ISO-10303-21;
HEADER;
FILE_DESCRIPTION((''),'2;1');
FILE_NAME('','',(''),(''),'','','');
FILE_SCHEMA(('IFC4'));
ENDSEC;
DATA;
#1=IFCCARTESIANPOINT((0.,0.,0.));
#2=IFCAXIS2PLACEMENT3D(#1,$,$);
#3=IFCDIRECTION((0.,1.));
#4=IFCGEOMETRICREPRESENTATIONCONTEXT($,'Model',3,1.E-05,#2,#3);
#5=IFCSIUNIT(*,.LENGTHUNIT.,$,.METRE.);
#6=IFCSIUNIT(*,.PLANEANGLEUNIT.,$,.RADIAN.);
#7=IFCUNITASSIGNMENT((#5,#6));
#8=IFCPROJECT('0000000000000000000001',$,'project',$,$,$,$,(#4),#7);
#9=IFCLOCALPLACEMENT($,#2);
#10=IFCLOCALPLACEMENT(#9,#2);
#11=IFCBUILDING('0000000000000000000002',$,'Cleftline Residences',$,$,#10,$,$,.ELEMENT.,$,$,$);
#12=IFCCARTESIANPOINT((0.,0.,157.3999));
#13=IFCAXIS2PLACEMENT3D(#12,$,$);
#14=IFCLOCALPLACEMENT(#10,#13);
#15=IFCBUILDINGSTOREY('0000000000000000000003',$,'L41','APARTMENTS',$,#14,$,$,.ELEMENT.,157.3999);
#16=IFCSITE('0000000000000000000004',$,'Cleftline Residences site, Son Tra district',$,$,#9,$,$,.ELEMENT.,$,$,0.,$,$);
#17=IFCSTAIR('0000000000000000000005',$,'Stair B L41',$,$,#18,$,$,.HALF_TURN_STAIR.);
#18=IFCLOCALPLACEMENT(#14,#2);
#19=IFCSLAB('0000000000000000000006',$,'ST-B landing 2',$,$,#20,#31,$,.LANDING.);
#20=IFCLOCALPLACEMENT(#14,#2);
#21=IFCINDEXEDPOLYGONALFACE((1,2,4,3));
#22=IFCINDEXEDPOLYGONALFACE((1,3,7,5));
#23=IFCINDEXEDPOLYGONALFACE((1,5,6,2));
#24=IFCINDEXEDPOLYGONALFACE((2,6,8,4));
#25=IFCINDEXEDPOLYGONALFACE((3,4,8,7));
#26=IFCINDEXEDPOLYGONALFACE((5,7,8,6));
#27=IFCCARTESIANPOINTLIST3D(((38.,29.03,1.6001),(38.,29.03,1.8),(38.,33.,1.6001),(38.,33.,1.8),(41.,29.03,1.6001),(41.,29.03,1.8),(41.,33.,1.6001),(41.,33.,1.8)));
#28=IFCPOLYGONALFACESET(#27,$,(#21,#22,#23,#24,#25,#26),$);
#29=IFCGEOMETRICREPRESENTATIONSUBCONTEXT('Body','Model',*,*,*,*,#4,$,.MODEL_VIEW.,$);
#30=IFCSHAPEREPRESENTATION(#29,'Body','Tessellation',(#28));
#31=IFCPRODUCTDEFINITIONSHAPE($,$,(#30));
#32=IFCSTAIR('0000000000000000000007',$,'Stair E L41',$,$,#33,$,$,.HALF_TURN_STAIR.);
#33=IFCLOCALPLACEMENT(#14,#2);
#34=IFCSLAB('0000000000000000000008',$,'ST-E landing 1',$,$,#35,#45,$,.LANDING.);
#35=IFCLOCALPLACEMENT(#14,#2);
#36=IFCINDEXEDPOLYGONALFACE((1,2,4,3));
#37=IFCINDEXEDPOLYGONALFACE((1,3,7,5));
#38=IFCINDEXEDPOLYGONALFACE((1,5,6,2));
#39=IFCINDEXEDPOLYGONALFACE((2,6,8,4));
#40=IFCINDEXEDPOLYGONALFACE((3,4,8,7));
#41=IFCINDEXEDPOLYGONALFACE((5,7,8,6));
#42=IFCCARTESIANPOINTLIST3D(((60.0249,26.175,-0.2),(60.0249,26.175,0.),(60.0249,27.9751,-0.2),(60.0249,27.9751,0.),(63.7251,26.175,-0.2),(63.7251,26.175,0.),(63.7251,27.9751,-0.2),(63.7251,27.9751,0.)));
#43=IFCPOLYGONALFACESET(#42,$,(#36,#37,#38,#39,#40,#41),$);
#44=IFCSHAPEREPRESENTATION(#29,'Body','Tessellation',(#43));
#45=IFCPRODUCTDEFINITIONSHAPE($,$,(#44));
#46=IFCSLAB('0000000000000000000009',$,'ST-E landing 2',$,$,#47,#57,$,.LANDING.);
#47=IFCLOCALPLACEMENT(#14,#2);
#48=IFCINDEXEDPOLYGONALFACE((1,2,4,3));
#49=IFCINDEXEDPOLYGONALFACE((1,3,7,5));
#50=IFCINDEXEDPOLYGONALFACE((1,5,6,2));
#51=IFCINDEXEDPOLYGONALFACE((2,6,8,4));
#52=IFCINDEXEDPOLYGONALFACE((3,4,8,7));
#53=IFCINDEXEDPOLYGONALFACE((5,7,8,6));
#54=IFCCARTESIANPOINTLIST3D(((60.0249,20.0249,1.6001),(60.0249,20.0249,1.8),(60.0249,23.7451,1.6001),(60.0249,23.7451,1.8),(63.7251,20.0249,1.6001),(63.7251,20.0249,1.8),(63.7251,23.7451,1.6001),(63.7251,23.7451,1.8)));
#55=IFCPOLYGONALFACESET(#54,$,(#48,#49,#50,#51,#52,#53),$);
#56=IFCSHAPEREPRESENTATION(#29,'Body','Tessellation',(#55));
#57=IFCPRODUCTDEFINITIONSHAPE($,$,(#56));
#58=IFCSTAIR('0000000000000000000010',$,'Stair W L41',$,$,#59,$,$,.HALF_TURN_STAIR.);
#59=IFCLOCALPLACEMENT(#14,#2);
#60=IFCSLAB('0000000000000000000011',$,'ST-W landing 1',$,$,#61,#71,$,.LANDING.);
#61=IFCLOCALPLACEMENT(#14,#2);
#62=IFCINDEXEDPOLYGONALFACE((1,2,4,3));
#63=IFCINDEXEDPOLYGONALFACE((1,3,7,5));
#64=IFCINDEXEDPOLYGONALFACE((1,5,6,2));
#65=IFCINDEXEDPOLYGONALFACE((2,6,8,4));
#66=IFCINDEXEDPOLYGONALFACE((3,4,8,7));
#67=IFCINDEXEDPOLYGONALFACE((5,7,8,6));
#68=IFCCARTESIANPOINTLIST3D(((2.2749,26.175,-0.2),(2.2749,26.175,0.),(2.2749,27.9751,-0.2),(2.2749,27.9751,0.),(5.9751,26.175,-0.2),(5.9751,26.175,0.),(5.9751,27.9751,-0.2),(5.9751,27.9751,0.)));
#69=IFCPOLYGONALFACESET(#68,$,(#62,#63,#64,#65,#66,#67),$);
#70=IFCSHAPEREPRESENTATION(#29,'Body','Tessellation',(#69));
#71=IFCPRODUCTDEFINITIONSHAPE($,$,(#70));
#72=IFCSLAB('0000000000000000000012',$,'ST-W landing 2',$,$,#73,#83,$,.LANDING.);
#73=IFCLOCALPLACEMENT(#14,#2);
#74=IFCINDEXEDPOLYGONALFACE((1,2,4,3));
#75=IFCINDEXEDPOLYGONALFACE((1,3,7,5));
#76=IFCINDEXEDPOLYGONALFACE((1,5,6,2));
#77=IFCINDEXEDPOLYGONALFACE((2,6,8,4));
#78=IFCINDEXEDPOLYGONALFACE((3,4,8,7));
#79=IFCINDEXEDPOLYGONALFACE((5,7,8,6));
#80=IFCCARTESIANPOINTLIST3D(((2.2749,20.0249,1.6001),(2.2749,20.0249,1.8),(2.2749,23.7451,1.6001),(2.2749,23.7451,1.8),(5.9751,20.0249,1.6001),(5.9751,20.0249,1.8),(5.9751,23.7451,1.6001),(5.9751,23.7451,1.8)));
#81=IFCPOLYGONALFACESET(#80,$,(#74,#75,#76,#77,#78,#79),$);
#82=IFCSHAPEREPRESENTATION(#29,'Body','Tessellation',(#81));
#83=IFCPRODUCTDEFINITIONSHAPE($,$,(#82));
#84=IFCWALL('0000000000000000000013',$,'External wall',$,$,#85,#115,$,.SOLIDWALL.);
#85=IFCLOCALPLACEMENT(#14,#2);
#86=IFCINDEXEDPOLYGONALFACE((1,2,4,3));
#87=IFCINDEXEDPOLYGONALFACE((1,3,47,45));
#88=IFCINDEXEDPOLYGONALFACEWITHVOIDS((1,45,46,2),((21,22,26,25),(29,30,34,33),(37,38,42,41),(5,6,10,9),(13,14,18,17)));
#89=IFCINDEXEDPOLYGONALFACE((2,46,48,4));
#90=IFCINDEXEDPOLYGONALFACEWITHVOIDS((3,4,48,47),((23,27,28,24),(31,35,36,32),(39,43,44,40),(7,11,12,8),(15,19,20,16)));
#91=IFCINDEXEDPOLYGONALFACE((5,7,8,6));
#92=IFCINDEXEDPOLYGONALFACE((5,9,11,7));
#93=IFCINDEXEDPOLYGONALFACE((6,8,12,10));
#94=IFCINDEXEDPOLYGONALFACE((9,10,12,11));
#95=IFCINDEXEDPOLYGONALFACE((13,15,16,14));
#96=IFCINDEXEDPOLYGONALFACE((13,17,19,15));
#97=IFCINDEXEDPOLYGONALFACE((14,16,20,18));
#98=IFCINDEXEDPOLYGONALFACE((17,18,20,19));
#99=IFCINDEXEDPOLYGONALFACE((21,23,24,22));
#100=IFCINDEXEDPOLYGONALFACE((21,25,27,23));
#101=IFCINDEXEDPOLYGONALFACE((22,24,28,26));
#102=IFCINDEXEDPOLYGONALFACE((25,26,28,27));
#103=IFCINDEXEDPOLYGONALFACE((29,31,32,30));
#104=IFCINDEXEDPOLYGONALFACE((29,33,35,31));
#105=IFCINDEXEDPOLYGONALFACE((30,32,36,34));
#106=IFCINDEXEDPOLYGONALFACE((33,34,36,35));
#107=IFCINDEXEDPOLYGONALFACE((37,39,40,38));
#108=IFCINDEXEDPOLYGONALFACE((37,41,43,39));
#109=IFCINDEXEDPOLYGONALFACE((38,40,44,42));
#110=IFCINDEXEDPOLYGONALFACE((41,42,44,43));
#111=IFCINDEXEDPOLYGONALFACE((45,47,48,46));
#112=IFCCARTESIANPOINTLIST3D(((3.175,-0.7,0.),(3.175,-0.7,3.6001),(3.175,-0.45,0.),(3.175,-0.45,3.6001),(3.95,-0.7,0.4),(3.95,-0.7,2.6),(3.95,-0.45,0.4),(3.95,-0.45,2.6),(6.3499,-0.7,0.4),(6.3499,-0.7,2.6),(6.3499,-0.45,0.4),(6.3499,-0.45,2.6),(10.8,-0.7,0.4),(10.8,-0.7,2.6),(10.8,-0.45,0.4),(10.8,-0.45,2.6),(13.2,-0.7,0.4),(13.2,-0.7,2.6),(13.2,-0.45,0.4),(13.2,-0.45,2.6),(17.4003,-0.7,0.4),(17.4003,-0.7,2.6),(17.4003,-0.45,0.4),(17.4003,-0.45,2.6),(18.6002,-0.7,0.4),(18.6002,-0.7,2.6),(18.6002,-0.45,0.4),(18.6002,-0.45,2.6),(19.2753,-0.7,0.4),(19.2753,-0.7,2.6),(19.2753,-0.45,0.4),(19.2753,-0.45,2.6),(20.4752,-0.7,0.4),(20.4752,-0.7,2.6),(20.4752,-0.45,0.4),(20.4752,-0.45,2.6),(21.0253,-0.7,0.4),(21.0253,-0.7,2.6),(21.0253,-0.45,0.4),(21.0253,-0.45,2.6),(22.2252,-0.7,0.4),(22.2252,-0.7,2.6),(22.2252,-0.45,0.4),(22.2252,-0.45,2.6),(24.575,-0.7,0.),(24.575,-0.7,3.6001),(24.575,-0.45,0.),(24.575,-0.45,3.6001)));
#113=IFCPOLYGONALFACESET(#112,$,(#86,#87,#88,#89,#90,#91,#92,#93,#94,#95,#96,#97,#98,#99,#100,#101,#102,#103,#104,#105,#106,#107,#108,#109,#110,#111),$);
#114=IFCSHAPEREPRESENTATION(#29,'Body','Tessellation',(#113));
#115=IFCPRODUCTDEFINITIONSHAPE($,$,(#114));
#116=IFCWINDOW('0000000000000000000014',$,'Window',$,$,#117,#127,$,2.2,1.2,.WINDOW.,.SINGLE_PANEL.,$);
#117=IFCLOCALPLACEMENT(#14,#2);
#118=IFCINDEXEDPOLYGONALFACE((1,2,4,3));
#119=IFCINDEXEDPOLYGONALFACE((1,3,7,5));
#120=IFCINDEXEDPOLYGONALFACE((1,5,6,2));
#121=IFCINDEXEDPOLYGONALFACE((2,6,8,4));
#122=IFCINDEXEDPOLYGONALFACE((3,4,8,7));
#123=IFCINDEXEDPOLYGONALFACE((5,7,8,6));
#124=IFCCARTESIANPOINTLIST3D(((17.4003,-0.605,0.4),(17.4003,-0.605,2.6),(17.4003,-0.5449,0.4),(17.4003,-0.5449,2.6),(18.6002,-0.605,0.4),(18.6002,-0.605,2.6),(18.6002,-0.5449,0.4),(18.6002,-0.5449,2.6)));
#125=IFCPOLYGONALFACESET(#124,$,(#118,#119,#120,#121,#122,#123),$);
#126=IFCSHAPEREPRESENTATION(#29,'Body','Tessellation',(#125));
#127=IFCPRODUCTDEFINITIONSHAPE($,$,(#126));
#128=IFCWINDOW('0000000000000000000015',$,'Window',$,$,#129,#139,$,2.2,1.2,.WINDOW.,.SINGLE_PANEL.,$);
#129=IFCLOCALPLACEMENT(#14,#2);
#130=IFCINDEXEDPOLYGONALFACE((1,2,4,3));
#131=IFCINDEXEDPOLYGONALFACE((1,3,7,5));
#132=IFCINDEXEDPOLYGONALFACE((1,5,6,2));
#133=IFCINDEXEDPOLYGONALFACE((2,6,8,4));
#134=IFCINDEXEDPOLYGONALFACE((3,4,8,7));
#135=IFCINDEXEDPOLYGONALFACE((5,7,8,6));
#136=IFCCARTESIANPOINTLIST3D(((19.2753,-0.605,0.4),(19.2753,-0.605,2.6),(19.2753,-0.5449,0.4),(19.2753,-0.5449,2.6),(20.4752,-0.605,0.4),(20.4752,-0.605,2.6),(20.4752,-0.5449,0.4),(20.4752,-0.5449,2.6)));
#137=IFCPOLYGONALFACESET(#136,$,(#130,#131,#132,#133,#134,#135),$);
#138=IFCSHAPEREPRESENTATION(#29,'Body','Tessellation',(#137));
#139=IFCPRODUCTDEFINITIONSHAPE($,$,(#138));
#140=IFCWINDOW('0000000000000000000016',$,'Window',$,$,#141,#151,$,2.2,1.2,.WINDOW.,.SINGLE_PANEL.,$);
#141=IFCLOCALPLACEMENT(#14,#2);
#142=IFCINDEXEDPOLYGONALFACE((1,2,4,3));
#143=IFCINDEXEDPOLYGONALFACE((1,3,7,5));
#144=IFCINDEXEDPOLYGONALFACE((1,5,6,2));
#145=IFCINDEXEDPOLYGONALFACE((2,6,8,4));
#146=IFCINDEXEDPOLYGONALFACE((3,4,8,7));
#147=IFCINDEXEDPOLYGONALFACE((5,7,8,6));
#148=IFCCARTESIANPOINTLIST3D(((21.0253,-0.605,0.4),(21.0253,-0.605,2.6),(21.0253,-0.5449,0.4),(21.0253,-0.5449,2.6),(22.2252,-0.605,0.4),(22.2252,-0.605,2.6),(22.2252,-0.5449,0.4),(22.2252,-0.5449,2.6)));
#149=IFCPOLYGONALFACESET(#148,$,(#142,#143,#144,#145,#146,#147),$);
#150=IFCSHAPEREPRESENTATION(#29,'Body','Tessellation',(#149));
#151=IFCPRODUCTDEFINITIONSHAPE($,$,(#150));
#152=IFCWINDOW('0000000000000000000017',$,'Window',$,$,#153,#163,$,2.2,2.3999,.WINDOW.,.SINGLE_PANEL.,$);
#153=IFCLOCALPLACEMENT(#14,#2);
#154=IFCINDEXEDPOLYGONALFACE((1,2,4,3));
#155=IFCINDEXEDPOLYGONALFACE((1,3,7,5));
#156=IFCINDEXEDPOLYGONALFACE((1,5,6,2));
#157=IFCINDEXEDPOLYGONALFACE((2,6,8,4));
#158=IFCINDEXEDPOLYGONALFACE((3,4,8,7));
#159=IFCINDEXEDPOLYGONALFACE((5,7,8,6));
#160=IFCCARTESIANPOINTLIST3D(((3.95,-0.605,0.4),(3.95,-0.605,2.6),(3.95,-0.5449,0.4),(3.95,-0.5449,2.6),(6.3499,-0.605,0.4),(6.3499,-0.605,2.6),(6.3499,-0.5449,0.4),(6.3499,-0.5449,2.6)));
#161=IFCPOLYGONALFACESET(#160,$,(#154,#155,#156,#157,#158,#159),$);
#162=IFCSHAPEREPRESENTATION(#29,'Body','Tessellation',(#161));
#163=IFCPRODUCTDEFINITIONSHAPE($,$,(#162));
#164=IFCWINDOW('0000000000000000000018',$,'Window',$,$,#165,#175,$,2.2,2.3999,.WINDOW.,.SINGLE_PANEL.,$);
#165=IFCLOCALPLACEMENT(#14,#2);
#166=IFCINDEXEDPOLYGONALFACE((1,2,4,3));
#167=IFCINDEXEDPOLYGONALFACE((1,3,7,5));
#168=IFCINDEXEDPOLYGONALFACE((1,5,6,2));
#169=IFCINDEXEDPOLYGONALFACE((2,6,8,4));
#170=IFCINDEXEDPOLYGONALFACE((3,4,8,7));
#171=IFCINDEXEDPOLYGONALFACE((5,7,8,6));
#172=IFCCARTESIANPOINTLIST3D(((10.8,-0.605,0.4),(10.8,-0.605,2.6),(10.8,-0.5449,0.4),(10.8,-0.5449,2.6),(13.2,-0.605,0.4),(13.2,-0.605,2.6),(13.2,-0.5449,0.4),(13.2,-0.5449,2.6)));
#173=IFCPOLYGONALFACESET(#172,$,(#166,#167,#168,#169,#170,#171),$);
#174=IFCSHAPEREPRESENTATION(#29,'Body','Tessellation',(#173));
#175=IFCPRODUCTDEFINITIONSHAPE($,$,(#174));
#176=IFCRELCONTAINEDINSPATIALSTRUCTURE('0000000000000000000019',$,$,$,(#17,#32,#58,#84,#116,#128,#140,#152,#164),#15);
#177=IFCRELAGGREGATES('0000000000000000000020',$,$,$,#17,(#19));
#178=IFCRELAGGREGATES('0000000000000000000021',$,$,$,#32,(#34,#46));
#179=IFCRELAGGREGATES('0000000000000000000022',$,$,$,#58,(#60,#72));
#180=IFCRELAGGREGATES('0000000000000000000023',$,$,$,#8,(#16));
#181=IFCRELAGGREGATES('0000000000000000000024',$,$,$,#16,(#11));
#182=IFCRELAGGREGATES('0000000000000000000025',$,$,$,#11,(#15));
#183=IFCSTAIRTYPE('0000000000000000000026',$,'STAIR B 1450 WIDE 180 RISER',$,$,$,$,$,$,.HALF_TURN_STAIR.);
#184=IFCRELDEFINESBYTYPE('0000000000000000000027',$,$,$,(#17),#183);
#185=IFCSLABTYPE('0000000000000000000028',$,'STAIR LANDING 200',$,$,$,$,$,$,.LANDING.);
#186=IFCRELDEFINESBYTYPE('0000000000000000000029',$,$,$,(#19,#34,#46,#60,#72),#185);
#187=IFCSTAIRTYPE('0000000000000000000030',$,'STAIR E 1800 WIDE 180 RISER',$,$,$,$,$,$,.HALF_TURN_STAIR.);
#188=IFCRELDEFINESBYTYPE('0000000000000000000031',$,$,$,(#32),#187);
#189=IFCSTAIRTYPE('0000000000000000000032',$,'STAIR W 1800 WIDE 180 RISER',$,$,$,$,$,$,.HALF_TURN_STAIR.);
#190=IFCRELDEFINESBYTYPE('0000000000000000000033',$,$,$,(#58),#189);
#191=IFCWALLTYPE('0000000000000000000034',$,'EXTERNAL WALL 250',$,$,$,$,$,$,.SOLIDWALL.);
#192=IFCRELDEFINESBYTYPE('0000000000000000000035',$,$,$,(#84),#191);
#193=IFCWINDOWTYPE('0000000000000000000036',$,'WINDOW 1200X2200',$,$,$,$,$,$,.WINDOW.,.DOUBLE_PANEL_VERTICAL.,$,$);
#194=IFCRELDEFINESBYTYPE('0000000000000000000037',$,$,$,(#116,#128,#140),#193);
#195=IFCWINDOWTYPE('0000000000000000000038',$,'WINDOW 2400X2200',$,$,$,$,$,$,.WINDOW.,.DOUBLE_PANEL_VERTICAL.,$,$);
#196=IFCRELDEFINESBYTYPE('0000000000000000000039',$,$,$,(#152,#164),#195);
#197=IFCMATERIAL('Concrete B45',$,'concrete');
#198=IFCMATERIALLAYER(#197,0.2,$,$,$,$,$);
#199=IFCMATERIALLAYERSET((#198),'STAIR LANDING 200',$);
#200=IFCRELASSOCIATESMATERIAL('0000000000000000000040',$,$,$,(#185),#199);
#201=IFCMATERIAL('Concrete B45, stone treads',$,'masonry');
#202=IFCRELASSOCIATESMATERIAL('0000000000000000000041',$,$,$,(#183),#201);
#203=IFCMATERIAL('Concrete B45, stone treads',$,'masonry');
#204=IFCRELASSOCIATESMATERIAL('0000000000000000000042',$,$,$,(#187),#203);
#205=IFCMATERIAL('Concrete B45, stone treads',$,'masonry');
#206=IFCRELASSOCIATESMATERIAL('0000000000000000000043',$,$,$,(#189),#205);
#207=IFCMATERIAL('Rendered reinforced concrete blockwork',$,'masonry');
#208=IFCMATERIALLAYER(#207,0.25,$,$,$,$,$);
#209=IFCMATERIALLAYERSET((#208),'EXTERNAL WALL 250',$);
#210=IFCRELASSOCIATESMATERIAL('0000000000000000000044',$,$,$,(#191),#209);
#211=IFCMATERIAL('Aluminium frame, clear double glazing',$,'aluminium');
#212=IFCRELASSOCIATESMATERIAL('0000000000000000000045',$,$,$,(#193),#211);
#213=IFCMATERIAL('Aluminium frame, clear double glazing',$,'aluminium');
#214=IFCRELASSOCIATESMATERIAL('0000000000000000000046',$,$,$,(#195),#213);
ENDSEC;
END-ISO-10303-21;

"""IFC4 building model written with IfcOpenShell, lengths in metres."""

from ifc_helpers import new_model, si_unit, direction, frame, frame_2d, origin, place, context, subcontext, project, spatial, polyline, rectangle, outline, extrude, material, layer, layer_set, type_object, element, fill, aggregate, save


model = new_model("IFC4")

# Units and contexts
model_context = context("Model", 3, precision=1e-05, world=origin(), true_north=direction((0.0, 1.0)))
body_context = subcontext(model_context, "Body", "Model", "MODEL_VIEW")
ifc_project = project(units=[si_unit("LENGTHUNIT", "METRE"), si_unit("PLANEANGLEUNIT", "RADIAN")], contexts=[model_context])

# Site, building, storey
site_placement = place(None, origin())
site = spatial("IfcSite", under=ifc_project, at=site_placement, Name="Cleftline Residences site, Son Tra district", CompositionType="ELEMENT", RefElevation=0.0)
building_placement = place(site_placement, origin())
building = spatial("IfcBuilding", under=site, at=building_placement, Name="Cleftline Residences", CompositionType="ELEMENT")
storey_placement = place(building_placement, frame((0.0, 0.0, 157.3999)))
storey = spatial("IfcBuildingStorey", under=building, at=storey_placement, Name="L41", Description="APARTMENTS", CompositionType="ELEMENT", Elevation=157.3999)

# Stairs, slabs
ifc_material_1 = material(Name="Concrete B45", Category="concrete")
ifc_layer_1 = layer(ifc_material_1, 0.2)
ifc_layer_set_1 = layer_set([ifc_layer_1], Name="STAIR LANDING 200")
slab_type_1 = type_object("IfcSlabType", Name="STAIR LANDING 200", PredefinedType="LANDING", material=ifc_layer_set_1)
ifc_material_2 = material(Name="Concrete B45, stone treads", Category="masonry")
stair_type_1 = type_object("IfcStairType", Name="STAIR B 1450 WIDE 180 RISER", PredefinedType="HALF_TURN_STAIR", material=ifc_material_2)
stair_1_placement = place(storey_placement, origin())
stair_1 = element("IfcStair", 1, at=stair_1_placement, inside=storey, type_object=stair_type_1, Name="Stair B L41", PredefinedType="HALF_TURN_STAIR")
slab_1_placement = place(storey_placement, frame((0.0, 0.0, 1.6001)))
slab_1 = element("IfcSlab", 2, at=slab_1_placement, type_object=slab_type_1, Name="ST-B landing 2", PredefinedType="LANDING", context=body_context, shape_type="SweptSolid", body=[
    extrude(outline(polyline([(38.0, 29.03), (41.0, 29.03), (41.0, 33.0), (38.0, 33.0), (38.0, 29.03)])), origin(), (0.0, 0.0, 1.0), 0.2),
])
aggregate(stair_1, [slab_1])
ifc_material_3 = material(Name="Concrete B45, stone treads", Category="masonry")
stair_type_2 = type_object("IfcStairType", Name="STAIR E 1800 WIDE 180 RISER", PredefinedType="HALF_TURN_STAIR", material=ifc_material_3)
stair_2_placement = place(storey_placement, origin())
stair_2 = element("IfcStair", 3, at=stair_2_placement, inside=storey, type_object=stair_type_2, Name="Stair E L41", PredefinedType="HALF_TURN_STAIR")
slab_2_placement = place(storey_placement, frame((0.0, 0.0, -0.2)))
slab_2 = element("IfcSlab", 4, at=slab_2_placement, type_object=slab_type_1, Name="ST-E landing 1", PredefinedType="LANDING", context=body_context, shape_type="SweptSolid", body=[
    extrude(outline(polyline([(60.0249, 26.175), (63.7251, 26.175), (63.7251, 27.9751), (60.0249, 27.9751), (60.0249, 26.175)])), origin(), (0.0, 0.0, 1.0), 0.2),
])
slab_3_placement = place(storey_placement, frame((0.0, 0.0, 1.6001)))
slab_3 = element("IfcSlab", 5, at=slab_3_placement, type_object=slab_type_1, Name="ST-E landing 2", PredefinedType="LANDING", context=body_context, shape_type="SweptSolid", body=[
    extrude(outline(polyline([(60.0249, 20.0249), (63.7251, 20.0249), (63.7251, 23.7451), (60.0249, 23.7451), (60.0249, 20.0249)])), origin(), (0.0, 0.0, 1.0), 0.2),
])
aggregate(stair_2, [slab_2, slab_3])
ifc_material_4 = material(Name="Concrete B45, stone treads", Category="masonry")
stair_type_3 = type_object("IfcStairType", Name="STAIR W 1800 WIDE 180 RISER", PredefinedType="HALF_TURN_STAIR", material=ifc_material_4)
stair_3_placement = place(storey_placement, origin())
stair_3 = element("IfcStair", 6, at=stair_3_placement, inside=storey, type_object=stair_type_3, Name="Stair W L41", PredefinedType="HALF_TURN_STAIR")
slab_4_placement = place(storey_placement, frame((0.0, 0.0, -0.2)))
slab_4 = element("IfcSlab", 7, at=slab_4_placement, type_object=slab_type_1, Name="ST-W landing 1", PredefinedType="LANDING", context=body_context, shape_type="SweptSolid", body=[
    extrude(outline(polyline([(2.2749, 26.175), (5.9751, 26.175), (5.9751, 27.9751), (2.2749, 27.9751), (2.2749, 26.175)])), origin(), (0.0, 0.0, 1.0), 0.2),
])
slab_5_placement = place(storey_placement, frame((0.0, 0.0, 1.6001)))
slab_5 = element("IfcSlab", 8, at=slab_5_placement, type_object=slab_type_1, Name="ST-W landing 2", PredefinedType="LANDING", context=body_context, shape_type="SweptSolid", body=[
    extrude(outline(polyline([(2.2749, 20.0249), (5.9751, 20.0249), (5.9751, 23.7451), (2.2749, 23.7451), (2.2749, 20.0249)])), origin(), (0.0, 0.0, 1.0), 0.2),
])
aggregate(stair_3, [slab_4, slab_5])

# Wall, openings, windows
ifc_material_5 = material(Name="Rendered reinforced concrete blockwork", Category="masonry")
ifc_layer_2 = layer(ifc_material_5, 0.25)
ifc_layer_set_2 = layer_set([ifc_layer_2], Name="EXTERNAL WALL 250")
wall_type = type_object("IfcWallType", Name="EXTERNAL WALL 250", PredefinedType="SOLIDWALL", material=ifc_layer_set_2)
wall_placement = place(storey_placement, frame((3.175, -0.575, 0.0), z_axis=(0.0, 0.0, 1.0), x_axis=(1.0, 0.0, 0.0)))
wall = element("IfcWall", 9, at=wall_placement, inside=storey, type_object=wall_type, Name="External wall", PredefinedType="SOLIDWALL", context=body_context, shape_type="SweptSolid", body=[
    extrude(rectangle(XDim=21.3999, YDim=0.25, at=frame_2d((10.7, 0.0))), origin(), (0.0, 0.0, 1.0), 3.6001),
])
opening_1_placement = place(wall_placement, frame((0.7749, 0.0, 0.3999)))
opening_1 = element("IfcOpeningElement", 10, at=opening_1_placement, cuts=wall, PredefinedType="OPENING", context=body_context, shape_type="SweptSolid", body=[
    extrude(rectangle(XDim=2.3999, YDim=2.2, at=frame_2d((1.2, 1.1001))), frame((0.0, 0.135, 0.0), z_axis=(0.0, -1.0, 0.0), x_axis=(1.0, 0.0, 0.0)), (0.0, 0.0, 1.0), 0.27),
])
opening_2_placement = place(wall_placement, frame((7.625, 0.0, 0.3999)))
opening_2 = element("IfcOpeningElement", 11, at=opening_2_placement, cuts=wall, PredefinedType="OPENING", context=body_context, shape_type="SweptSolid", body=[
    extrude(rectangle(XDim=2.3999, YDim=2.2, at=frame_2d((1.2, 1.1001))), frame((0.0, 0.135, 0.0), z_axis=(0.0, -1.0, 0.0), x_axis=(1.0, 0.0, 0.0)), (0.0, 0.0, 1.0), 0.27),
])
opening_3_placement = place(wall_placement, frame((14.2251, 0.0, 0.3999)))
opening_3 = element("IfcOpeningElement", 12, at=opening_3_placement, cuts=wall, PredefinedType="OPENING", context=body_context, shape_type="SweptSolid", body=[
    extrude(rectangle(XDim=1.2, YDim=2.2, at=frame_2d((0.6001, 1.1001))), frame((0.0, 0.135, 0.0), z_axis=(0.0, -1.0, 0.0), x_axis=(1.0, 0.0, 0.0)), (0.0, 0.0, 1.0), 0.27),
])
opening_4_placement = place(wall_placement, frame((16.1001, 0.0, 0.3999)))
opening_4 = element("IfcOpeningElement", 13, at=opening_4_placement, cuts=wall, PredefinedType="OPENING", context=body_context, shape_type="SweptSolid", body=[
    extrude(rectangle(XDim=1.2, YDim=2.2, at=frame_2d((0.6001, 1.1001))), frame((0.0, 0.135, 0.0), z_axis=(0.0, -1.0, 0.0), x_axis=(1.0, 0.0, 0.0)), (0.0, 0.0, 1.0), 0.27),
])
opening_5_placement = place(wall_placement, frame((17.8501, 0.0, 0.3999)))
opening_5 = element("IfcOpeningElement", 14, at=opening_5_placement, cuts=wall, PredefinedType="OPENING", context=body_context, shape_type="SweptSolid", body=[
    extrude(rectangle(XDim=1.2, YDim=2.2, at=frame_2d((0.6001, 1.1001))), frame((0.0, 0.135, 0.0), z_axis=(0.0, -1.0, 0.0), x_axis=(1.0, 0.0, 0.0)), (0.0, 0.0, 1.0), 0.27),
])
ifc_material_6 = material(Name="Aluminium frame, clear double glazing", Category="aluminium")
window_type_1 = type_object("IfcWindowType", Name="WINDOW 1200X2200", PartitioningType="DOUBLE_PANEL_VERTICAL", PredefinedType="WINDOW", material=ifc_material_6)
window_1_placement = place(opening_3_placement, origin())
window_1 = element("IfcWindow", 15, at=window_1_placement, inside=storey, type_object=window_type_1, Name="Window", OverallHeight=2.2, OverallWidth=1.2, PartitioningType="SINGLE_PANEL", PredefinedType="WINDOW", context=body_context, shape_type="SweptSolid", body=[
    extrude(rectangle(XDim=1.2, YDim=2.2, at=frame_2d((0.6001, 1.1001))), frame((0.0, 0.03, 0.0), z_axis=(0.0, -1.0, 0.0), x_axis=(1.0, 0.0, 0.0)), (0.0, 0.0, 1.0), 0.0601),
])
fill(opening_3, window_1)
window_2_placement = place(opening_4_placement, origin())
window_2 = element("IfcWindow", 16, at=window_2_placement, inside=storey, type_object=window_type_1, Name="Window", OverallHeight=2.2, OverallWidth=1.2, PartitioningType="SINGLE_PANEL", PredefinedType="WINDOW", context=body_context, shape_type="SweptSolid", body=[
    extrude(rectangle(XDim=1.2, YDim=2.2, at=frame_2d((0.6001, 1.1001))), frame((0.0, 0.03, 0.0), z_axis=(0.0, -1.0, 0.0), x_axis=(1.0, 0.0, 0.0)), (0.0, 0.0, 1.0), 0.0601),
])
fill(opening_4, window_2)
window_3_placement = place(opening_5_placement, origin())
window_3 = element("IfcWindow", 17, at=window_3_placement, inside=storey, type_object=window_type_1, Name="Window", OverallHeight=2.2, OverallWidth=1.2, PartitioningType="SINGLE_PANEL", PredefinedType="WINDOW", context=body_context, shape_type="SweptSolid", body=[
    extrude(rectangle(XDim=1.2, YDim=2.2, at=frame_2d((0.6001, 1.1001))), frame((0.0, 0.03, 0.0), z_axis=(0.0, -1.0, 0.0), x_axis=(1.0, 0.0, 0.0)), (0.0, 0.0, 1.0), 0.0601),
])
fill(opening_5, window_3)
ifc_material_7 = material(Name="Aluminium frame, clear double glazing", Category="aluminium")
window_type_2 = type_object("IfcWindowType", Name="WINDOW 2400X2200", PartitioningType="DOUBLE_PANEL_VERTICAL", PredefinedType="WINDOW", material=ifc_material_7)
window_4_placement = place(opening_1_placement, origin())
window_4 = element("IfcWindow", 18, at=window_4_placement, inside=storey, type_object=window_type_2, Name="Window", OverallHeight=2.2, OverallWidth=2.3999, PartitioningType="SINGLE_PANEL", PredefinedType="WINDOW", context=body_context, shape_type="SweptSolid", body=[
    extrude(rectangle(XDim=2.3999, YDim=2.2, at=frame_2d((1.2, 1.1001))), frame((0.0, 0.03, 0.0), z_axis=(0.0, -1.0, 0.0), x_axis=(1.0, 0.0, 0.0)), (0.0, 0.0, 1.0), 0.0601),
])
fill(opening_1, window_4)
window_5_placement = place(opening_2_placement, origin())
window_5 = element("IfcWindow", 19, at=window_5_placement, inside=storey, type_object=window_type_2, Name="Window", OverallHeight=2.2, OverallWidth=2.3999, PartitioningType="SINGLE_PANEL", PredefinedType="WINDOW", context=body_context, shape_type="SweptSolid", body=[
    extrude(rectangle(XDim=2.3999, YDim=2.2, at=frame_2d((1.2, 1.1001))), frame((0.0, 0.03, 0.0), z_axis=(0.0, -1.0, 0.0), x_axis=(1.0, 0.0, 0.0)), (0.0, 0.0, 1.0), 0.0601),
])
fill(opening_2, window_5)

save(model, "model.ifc")
